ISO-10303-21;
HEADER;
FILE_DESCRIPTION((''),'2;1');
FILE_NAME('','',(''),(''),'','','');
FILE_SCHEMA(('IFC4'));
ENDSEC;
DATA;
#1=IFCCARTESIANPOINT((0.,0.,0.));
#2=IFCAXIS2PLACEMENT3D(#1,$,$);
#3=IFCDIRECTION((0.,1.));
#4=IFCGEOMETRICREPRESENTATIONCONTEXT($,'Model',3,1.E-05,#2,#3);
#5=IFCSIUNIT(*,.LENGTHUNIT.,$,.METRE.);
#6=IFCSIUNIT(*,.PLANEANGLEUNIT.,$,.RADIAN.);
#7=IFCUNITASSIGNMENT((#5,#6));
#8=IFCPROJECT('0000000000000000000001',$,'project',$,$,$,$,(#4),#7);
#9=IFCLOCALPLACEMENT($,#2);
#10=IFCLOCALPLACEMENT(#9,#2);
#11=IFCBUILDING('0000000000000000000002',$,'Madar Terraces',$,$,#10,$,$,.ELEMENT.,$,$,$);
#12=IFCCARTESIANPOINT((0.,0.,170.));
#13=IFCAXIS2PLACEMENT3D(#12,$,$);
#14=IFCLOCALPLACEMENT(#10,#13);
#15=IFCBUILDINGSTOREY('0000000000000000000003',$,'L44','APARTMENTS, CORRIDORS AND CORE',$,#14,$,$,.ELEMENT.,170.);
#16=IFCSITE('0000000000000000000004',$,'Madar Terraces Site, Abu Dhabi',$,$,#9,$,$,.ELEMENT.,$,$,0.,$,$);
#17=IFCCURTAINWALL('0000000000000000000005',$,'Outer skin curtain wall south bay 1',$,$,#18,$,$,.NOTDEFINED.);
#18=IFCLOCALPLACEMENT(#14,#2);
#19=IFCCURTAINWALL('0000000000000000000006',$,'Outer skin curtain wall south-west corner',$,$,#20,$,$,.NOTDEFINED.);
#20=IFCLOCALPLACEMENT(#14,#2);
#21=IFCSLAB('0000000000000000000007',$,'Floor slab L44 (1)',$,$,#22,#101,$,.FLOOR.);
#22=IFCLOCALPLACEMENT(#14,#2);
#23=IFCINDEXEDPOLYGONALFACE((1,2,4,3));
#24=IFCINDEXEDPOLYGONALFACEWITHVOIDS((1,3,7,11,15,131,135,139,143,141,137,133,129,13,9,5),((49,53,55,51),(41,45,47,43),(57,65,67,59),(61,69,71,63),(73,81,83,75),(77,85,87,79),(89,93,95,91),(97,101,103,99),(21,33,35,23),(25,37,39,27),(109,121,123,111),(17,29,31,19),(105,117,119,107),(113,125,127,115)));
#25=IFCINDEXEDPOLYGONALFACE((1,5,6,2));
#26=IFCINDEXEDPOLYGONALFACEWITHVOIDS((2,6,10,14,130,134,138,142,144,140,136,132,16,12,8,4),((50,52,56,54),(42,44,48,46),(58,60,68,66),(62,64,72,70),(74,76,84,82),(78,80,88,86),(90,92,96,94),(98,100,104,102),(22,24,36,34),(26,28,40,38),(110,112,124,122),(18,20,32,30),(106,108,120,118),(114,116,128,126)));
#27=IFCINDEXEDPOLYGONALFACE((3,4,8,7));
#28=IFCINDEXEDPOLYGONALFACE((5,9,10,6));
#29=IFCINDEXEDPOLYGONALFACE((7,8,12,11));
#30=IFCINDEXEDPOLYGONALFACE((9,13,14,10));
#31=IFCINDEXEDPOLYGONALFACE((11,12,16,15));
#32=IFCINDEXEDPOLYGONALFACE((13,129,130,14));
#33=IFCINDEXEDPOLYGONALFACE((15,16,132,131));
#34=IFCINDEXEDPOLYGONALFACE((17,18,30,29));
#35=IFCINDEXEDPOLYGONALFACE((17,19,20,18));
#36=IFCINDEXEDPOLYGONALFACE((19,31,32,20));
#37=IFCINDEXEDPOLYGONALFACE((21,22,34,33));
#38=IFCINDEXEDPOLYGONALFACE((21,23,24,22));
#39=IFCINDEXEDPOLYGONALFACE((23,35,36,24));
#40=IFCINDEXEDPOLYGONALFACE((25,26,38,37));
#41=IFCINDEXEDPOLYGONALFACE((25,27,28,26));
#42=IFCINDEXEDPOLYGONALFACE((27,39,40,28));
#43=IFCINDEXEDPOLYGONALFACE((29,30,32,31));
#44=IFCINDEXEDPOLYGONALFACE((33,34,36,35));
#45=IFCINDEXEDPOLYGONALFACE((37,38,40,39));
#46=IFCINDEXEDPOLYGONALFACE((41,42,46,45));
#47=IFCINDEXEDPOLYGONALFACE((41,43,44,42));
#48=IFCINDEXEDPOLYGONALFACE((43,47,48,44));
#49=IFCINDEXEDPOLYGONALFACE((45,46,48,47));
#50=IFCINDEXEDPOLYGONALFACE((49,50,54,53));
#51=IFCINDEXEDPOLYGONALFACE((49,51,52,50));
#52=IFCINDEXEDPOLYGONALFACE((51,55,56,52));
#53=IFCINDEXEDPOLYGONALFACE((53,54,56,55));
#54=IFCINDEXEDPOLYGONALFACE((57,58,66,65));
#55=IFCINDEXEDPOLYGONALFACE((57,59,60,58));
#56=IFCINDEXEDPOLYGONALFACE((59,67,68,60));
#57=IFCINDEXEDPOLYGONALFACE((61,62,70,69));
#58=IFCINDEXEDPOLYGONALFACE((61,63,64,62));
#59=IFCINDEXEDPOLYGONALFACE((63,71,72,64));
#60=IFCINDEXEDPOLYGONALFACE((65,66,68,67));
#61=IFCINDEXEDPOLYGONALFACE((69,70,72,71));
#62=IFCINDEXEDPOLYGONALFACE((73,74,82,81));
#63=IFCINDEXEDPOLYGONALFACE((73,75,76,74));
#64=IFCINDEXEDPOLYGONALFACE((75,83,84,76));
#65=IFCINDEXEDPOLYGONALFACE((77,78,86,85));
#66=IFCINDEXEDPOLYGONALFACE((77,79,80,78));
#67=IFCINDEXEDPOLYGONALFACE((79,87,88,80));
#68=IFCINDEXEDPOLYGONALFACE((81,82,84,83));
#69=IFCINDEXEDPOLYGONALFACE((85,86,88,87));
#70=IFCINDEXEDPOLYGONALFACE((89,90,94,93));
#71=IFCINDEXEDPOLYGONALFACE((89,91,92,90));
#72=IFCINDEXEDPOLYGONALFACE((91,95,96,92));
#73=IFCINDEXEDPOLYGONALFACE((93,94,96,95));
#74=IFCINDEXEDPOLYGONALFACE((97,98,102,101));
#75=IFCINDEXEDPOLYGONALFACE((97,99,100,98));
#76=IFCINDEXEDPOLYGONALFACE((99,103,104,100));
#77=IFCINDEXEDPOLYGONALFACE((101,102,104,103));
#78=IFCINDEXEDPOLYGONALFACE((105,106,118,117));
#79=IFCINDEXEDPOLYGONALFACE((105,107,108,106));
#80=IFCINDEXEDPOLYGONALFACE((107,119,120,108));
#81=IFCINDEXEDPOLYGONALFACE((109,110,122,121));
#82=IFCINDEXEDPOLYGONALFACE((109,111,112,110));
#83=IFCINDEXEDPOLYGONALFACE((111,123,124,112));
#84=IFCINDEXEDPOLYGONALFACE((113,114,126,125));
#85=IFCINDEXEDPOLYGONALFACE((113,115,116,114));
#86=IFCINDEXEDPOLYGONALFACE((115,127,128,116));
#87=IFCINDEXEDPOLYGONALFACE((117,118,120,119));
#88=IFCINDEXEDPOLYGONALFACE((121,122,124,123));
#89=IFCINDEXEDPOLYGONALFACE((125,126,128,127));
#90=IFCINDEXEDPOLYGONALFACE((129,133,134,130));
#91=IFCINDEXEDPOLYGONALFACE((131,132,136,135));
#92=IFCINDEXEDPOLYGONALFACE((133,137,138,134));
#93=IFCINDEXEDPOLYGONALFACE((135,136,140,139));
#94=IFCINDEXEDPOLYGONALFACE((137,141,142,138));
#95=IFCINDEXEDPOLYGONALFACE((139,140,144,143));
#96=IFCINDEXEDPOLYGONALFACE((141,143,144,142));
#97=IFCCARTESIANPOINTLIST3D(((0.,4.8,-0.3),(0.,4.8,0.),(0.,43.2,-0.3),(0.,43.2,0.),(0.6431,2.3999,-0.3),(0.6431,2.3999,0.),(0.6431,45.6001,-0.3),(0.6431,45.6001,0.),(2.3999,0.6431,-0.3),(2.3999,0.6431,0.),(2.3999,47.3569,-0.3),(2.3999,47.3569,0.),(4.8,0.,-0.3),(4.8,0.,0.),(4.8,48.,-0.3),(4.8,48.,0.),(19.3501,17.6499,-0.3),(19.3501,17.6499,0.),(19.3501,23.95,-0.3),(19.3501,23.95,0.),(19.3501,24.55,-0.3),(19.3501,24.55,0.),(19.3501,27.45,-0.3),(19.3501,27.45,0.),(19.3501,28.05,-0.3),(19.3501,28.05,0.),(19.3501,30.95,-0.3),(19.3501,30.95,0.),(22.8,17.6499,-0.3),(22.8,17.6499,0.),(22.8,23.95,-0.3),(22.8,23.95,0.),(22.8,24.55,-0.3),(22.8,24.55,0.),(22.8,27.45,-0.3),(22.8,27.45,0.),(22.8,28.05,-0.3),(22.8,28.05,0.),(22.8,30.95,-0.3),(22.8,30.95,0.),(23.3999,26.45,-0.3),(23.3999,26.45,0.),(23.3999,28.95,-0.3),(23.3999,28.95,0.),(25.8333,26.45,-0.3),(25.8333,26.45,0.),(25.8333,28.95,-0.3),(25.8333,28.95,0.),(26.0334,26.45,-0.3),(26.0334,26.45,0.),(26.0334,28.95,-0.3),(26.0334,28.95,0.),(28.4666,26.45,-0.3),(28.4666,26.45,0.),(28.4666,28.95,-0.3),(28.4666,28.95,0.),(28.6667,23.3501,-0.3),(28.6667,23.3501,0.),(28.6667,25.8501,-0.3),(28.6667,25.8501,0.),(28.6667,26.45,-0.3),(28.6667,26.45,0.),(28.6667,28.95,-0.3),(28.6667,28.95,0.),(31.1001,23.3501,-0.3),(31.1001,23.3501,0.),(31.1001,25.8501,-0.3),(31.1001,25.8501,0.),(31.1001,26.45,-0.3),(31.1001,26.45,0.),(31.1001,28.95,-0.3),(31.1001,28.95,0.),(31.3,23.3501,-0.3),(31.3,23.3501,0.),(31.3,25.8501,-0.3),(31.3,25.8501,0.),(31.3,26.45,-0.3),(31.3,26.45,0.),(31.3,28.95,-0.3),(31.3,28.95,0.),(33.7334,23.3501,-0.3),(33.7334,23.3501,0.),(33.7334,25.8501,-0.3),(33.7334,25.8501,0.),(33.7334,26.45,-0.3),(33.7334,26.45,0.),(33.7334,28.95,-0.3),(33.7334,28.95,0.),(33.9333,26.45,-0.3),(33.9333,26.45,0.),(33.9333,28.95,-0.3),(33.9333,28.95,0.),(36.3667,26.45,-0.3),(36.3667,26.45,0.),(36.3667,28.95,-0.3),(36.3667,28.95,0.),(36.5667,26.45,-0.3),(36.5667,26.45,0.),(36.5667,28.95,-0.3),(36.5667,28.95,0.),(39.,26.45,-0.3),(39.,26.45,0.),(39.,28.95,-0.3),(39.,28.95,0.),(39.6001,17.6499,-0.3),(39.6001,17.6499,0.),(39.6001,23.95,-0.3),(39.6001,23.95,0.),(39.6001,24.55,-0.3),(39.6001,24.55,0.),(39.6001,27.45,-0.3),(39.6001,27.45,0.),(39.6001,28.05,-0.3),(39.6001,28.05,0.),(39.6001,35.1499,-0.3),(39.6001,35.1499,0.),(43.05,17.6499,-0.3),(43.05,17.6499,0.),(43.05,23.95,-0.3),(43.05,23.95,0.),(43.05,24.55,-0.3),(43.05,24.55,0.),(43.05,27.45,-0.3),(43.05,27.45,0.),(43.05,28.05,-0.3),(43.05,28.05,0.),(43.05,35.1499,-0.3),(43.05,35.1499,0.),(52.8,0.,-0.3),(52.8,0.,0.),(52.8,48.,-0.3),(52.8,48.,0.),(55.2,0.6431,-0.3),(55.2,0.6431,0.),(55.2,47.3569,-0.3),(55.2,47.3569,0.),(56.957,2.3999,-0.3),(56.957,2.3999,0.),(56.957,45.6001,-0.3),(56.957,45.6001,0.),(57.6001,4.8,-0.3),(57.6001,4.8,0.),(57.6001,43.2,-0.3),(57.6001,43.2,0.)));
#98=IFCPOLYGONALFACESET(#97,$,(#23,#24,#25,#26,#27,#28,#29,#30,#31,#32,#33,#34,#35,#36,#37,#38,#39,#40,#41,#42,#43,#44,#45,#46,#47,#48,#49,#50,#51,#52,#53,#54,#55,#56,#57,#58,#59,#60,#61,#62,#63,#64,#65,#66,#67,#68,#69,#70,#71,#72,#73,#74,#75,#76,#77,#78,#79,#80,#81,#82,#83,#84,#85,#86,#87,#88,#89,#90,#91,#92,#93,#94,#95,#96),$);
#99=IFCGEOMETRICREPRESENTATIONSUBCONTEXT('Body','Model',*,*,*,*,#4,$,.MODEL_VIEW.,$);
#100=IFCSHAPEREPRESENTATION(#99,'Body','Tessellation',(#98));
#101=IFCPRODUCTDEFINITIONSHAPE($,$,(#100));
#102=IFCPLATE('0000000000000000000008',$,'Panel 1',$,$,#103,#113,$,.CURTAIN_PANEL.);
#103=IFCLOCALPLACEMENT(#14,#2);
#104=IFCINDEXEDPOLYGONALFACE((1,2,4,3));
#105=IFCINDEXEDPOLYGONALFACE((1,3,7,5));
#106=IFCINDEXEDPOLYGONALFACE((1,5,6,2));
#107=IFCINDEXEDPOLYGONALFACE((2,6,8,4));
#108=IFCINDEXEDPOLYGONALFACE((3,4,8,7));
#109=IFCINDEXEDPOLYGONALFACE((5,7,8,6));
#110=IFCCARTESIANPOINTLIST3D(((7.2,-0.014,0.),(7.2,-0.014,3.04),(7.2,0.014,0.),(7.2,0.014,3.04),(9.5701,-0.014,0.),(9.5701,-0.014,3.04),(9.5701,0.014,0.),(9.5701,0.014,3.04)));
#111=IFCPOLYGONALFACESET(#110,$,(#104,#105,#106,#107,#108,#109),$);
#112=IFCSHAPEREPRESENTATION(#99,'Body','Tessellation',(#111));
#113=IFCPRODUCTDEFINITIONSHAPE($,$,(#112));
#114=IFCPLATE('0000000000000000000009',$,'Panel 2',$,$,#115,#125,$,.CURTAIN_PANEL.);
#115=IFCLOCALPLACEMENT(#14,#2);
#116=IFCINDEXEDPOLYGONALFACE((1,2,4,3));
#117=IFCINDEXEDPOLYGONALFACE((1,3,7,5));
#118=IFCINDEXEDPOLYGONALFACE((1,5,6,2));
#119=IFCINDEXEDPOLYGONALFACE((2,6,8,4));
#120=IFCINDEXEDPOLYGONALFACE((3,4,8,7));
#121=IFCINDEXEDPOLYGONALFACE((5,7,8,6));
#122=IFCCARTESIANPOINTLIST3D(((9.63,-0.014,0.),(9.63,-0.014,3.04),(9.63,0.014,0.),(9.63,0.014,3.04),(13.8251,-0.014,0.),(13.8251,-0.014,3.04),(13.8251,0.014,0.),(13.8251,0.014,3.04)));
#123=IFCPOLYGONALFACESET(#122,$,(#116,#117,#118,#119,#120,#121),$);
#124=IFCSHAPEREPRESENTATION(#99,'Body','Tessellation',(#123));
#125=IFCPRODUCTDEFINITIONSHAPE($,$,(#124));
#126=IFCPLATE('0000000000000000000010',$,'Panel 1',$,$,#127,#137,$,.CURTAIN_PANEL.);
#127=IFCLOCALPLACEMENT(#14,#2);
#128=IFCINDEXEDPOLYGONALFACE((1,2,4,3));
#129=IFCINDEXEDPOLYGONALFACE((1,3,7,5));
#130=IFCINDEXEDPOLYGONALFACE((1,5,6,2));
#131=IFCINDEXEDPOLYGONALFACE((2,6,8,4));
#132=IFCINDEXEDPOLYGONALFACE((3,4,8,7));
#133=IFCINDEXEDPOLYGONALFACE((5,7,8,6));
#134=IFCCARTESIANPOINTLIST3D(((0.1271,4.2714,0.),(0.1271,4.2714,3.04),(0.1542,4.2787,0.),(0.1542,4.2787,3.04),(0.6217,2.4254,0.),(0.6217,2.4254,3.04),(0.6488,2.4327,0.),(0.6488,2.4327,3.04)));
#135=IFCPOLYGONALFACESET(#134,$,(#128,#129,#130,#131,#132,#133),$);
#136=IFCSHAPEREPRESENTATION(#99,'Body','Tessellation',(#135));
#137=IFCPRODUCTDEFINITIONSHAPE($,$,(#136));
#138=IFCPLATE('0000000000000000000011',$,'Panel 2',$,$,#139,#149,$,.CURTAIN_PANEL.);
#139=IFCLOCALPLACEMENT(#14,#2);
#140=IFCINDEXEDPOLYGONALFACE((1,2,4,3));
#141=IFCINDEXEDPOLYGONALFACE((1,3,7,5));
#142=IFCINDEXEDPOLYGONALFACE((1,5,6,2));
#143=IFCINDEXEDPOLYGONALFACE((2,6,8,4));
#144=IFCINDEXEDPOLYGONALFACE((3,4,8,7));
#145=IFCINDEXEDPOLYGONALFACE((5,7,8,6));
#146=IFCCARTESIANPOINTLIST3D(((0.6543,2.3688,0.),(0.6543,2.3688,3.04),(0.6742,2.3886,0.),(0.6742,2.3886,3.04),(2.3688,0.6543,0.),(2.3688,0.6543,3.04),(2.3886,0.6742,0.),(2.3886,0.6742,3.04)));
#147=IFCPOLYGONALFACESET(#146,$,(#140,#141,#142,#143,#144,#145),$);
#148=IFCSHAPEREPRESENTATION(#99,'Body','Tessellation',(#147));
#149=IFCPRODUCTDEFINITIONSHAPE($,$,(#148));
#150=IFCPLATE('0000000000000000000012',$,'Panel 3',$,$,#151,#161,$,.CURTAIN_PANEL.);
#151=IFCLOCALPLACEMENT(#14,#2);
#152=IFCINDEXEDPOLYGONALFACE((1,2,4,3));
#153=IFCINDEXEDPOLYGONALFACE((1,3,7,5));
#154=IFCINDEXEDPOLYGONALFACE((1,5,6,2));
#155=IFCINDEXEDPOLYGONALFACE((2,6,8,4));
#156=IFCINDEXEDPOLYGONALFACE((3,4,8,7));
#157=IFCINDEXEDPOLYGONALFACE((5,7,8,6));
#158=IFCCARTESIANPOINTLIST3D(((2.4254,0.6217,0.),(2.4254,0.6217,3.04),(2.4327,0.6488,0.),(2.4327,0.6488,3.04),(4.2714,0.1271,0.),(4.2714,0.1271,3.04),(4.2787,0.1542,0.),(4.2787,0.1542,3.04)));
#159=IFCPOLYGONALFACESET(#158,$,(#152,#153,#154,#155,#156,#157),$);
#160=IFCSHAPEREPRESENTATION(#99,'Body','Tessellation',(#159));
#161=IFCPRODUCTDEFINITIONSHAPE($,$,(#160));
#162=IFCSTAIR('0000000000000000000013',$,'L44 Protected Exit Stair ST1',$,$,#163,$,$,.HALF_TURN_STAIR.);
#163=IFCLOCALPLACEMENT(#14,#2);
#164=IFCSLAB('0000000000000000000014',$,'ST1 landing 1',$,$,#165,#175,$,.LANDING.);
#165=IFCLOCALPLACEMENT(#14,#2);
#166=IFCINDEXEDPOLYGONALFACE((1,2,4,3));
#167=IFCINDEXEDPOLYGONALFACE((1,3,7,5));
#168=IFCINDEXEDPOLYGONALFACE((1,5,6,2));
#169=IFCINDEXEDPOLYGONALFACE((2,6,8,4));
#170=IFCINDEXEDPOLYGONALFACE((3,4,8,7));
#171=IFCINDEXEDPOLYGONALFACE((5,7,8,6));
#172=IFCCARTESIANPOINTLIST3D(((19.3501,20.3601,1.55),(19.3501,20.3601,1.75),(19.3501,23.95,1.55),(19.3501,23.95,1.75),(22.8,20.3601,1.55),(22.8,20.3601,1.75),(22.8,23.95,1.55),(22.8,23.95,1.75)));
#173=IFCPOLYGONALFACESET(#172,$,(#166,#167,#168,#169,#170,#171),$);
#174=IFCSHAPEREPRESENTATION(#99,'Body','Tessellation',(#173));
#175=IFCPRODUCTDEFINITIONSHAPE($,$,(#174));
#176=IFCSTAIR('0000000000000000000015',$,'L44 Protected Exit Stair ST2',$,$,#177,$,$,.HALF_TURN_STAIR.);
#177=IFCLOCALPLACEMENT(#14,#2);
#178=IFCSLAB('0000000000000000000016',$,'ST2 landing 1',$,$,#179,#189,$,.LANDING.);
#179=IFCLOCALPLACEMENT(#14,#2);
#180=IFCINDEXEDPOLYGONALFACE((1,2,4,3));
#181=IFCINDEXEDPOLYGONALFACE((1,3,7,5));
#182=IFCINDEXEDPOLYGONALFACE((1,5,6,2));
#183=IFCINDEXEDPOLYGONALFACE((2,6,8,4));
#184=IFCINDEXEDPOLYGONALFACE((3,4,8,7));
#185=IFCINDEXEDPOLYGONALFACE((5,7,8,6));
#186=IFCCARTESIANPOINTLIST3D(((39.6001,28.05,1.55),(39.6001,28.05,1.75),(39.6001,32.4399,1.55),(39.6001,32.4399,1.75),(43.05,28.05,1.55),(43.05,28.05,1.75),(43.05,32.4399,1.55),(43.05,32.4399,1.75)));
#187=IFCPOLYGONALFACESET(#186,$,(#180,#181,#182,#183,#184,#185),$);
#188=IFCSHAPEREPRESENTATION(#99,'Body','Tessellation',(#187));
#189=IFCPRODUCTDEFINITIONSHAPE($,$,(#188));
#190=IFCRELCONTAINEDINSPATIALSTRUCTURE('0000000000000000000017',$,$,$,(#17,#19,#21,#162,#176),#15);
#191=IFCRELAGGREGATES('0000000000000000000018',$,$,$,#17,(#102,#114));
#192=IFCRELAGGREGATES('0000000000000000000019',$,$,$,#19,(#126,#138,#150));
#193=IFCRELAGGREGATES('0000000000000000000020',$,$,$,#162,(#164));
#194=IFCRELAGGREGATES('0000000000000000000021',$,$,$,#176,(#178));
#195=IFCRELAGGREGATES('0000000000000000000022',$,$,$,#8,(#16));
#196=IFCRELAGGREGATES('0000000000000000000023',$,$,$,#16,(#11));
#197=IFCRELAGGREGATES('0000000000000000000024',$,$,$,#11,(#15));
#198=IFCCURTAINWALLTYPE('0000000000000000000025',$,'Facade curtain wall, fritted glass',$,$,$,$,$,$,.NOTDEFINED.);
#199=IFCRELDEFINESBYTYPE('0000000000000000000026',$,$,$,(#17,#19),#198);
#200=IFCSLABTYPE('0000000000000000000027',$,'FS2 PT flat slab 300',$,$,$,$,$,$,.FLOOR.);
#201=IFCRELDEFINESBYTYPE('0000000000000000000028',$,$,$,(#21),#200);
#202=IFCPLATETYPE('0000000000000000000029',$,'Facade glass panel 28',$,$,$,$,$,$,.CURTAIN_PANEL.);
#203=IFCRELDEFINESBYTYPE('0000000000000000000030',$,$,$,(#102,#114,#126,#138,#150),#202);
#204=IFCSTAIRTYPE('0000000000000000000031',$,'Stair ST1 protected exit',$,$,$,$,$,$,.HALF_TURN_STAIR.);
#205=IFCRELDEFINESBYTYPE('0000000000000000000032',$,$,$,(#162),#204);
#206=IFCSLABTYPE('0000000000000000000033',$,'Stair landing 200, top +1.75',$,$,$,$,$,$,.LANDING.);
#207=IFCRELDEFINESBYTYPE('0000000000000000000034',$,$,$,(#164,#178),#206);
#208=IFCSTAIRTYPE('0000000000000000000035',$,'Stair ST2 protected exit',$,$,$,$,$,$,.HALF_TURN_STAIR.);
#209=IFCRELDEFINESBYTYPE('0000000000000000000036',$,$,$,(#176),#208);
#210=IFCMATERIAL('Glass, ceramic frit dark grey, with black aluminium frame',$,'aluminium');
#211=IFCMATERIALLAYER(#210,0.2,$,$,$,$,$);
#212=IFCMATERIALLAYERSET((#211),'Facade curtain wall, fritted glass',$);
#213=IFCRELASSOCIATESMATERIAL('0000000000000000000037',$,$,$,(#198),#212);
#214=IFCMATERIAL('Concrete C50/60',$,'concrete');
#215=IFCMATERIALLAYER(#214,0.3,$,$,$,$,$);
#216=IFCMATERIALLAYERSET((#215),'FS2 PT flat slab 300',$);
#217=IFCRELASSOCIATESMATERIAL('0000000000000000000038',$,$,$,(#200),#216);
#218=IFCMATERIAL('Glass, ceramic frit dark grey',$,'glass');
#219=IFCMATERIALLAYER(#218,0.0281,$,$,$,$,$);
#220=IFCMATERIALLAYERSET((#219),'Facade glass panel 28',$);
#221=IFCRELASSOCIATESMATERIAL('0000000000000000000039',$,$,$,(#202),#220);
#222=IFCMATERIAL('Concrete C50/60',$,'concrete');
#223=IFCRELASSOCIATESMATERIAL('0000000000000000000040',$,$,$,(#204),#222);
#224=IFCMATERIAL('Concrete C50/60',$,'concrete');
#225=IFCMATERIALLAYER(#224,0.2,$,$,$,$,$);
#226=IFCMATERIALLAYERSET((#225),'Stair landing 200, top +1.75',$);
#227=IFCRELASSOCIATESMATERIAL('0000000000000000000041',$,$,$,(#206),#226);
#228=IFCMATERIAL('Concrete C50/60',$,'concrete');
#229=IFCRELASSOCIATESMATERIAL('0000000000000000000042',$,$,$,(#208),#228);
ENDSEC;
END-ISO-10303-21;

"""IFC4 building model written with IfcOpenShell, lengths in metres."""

from ifc_helpers import new_model, si_unit, direction, frame, origin, origin_2d, place, context, subcontext, project, spatial, polyline, rectangle, outline, extrude, material, layer, layer_set, type_object, element, aggregate, save


model = new_model("IFC4")

# Units and contexts
model_context = context("Model", 3, precision=1e-05, world=origin(), true_north=direction((0.0, 1.0)))
body_context = subcontext(model_context, "Body", "Model", "MODEL_VIEW")
ifc_project = project(units=[si_unit("LENGTHUNIT", "METRE"), si_unit("PLANEANGLEUNIT", "RADIAN")], contexts=[model_context])

# Site, building, storey
site_placement = place(None, origin())
site = spatial("IfcSite", under=ifc_project, at=site_placement, Name="Madar Terraces Site, Abu Dhabi", CompositionType="ELEMENT", RefElevation=0.0)
building_placement = place(site_placement, origin())
building = spatial("IfcBuilding", under=site, at=building_placement, Name="Madar Terraces", CompositionType="ELEMENT")
storey_placement = place(building_placement, frame((0.0, 0.0, 170.0)))
storey = spatial("IfcBuildingStorey", under=building, at=storey_placement, Name="L44", Description="APARTMENTS, CORRIDORS AND CORE", CompositionType="ELEMENT", Elevation=170.0)

# Curtain wall
ifc_material_1 = material(Name="Glass, ceramic frit dark grey, with black aluminium frame", Category="aluminium")
ifc_layer_1 = layer(ifc_material_1, 0.2)
ifc_layer_set_1 = layer_set([ifc_layer_1], Name="Facade curtain wall, fritted glass")
curtain_wall_type = type_object("IfcCurtainWallType", Name="Facade curtain wall, fritted glass", PredefinedType="NOTDEFINED", material=ifc_layer_set_1)
curtain_wall_1_placement = place(storey_placement, origin())
curtain_wall_1 = element("IfcCurtainWall", 1, at=curtain_wall_1_placement, inside=storey, type_object=curtain_wall_type, Name="Outer skin curtain wall south bay 1", PredefinedType="NOTDEFINED")

# Curtain wall
curtain_wall_2_placement = place(storey_placement, origin())
curtain_wall_2 = element("IfcCurtainWall", 2, at=curtain_wall_2_placement, inside=storey, type_object=curtain_wall_type, Name="Outer skin curtain wall south-west corner", PredefinedType="NOTDEFINED")

# Slab
ifc_material_2 = material(Name="Concrete C50/60", Category="concrete")
ifc_layer_2 = layer(ifc_material_2, 0.3)
ifc_layer_set_2 = layer_set([ifc_layer_2], Name="FS2 PT flat slab 300")
slab_type_1 = type_object("IfcSlabType", Name="FS2 PT flat slab 300", PredefinedType="FLOOR", material=ifc_layer_set_2)
slab_1_placement = place(storey_placement, frame((0.0, 0.0, -0.3)))
element("IfcSlab", 3, at=slab_1_placement, inside=storey, type_object=slab_type_1, Name="Floor slab L44 (1)", PredefinedType="FLOOR", context=body_context, shape_type="SweptSolid", body=[
    extrude(outline(polyline([(52.8, 0.0), (55.2, 0.6431), (56.957, 2.3999), (57.6001, 4.8), (57.6001, 43.2), (56.957, 45.6001), (55.2, 47.3569), (52.8, 48.0), (4.8, 48.0), (2.3999, 47.3569), (0.6431, 45.6001), (0.0, 43.2), (0.0, 4.8), (0.6431, 2.3999), (2.3999, 0.6431), (4.8, 0.0), (52.8, 0.0)]), holes=[polyline([(22.8, 17.6499), (19.3501, 17.6499), (19.3501, 23.95), (22.8, 23.95), (22.8, 17.6499)]), polyline([(28.6667, 23.3501), (28.6667, 25.8501), (31.1001, 25.8501), (31.1001, 23.3501), (28.6667, 23.3501)]), polyline([(19.3501, 24.55), (19.3501, 27.45), (22.8, 27.45), (22.8, 24.55), (19.3501, 24.55)]), polyline([(23.3999, 26.45), (23.3999, 28.95), (25.8333, 28.95), (25.8333, 26.45), (23.3999, 26.45)]), polyline([(26.0334, 26.45), (26.0334, 28.95), (28.4666, 28.95), (28.4666, 26.45), (26.0334, 26.45)]), polyline([(28.6667, 26.45), (28.6667, 28.95), (31.1001, 28.95), (31.1001, 26.45), (28.6667, 26.45)]), polyline([(19.3501, 28.05), (19.3501, 30.95), (22.8, 30.95), (22.8, 28.05), (19.3501, 28.05)]), polyline([(43.05, 17.6499), (39.6001, 17.6499), (39.6001, 23.95), (43.05, 23.95), (43.05, 17.6499)]), polyline([(31.3, 23.3501), (31.3, 25.8501), (33.7334, 25.8501), (33.7334, 23.3501), (31.3, 23.3501)]), polyline([(39.6001, 24.55), (39.6001, 27.45), (43.05, 27.45), (43.05, 24.55), (39.6001, 24.55)]), polyline([(31.3, 26.45), (31.3, 28.95), (33.7334, 28.95), (33.7334, 26.45), (31.3, 26.45)]), polyline([(33.9333, 26.45), (33.9333, 28.95), (36.3667, 28.95), (36.3667, 26.45), (33.9333, 26.45)]), polyline([(36.5667, 26.45), (36.5667, 28.95), (39.0, 28.95), (39.0, 26.45), (36.5667, 26.45)]), polyline([(39.6001, 28.05), (39.6001, 35.1499), (43.05, 35.1499), (43.05, 28.05), (39.6001, 28.05)])]), origin(), (0.0, 0.0, 1.0), 0.3),
])

# Plates
ifc_material_3 = material(Name="Glass, ceramic frit dark grey", Category="glass")
ifc_layer_3 = layer(ifc_material_3, 0.0281)
ifc_layer_set_3 = layer_set([ifc_layer_3], Name="Facade glass panel 28")
plate_type = type_object("IfcPlateType", Name="Facade glass panel 28", PredefinedType="CURTAIN_PANEL", material=ifc_layer_set_3)
plate_1_placement = place(storey_placement, frame((8.385, 0.0, 0.0), z_axis=(0.0, 0.0, 1.0), x_axis=(1.0, 0.0, 0.0)))
plate_1 = element("IfcPlate", 4, at=plate_1_placement, type_object=plate_type, Name="Panel 1", PredefinedType="CURTAIN_PANEL", context=body_context, shape_type="SweptSolid", body=[
    extrude(rectangle(XDim=2.3701, YDim=0.0281, at=origin_2d()), origin(), (0.0, 0.0, 1.0), 3.04),
])
plate_2_placement = place(storey_placement, frame((11.7275, 0.0, 0.0), z_axis=(0.0, 0.0, 1.0), x_axis=(1.0, 0.0, 0.0)))
plate_2 = element("IfcPlate", 5, at=plate_2_placement, type_object=plate_type, Name="Panel 2", PredefinedType="CURTAIN_PANEL", context=body_context, shape_type="SweptSolid", body=[
    extrude(rectangle(XDim=4.1951, YDim=0.0281, at=origin_2d()), origin(), (0.0, 0.0, 1.0), 3.04),
])
aggregate(curtain_wall_1, [plate_1, plate_2])
plate_3_placement = place(storey_placement, frame((0.3879, 3.3521, 0.0), z_axis=(0.0, 0.0, 1.0), x_axis=(0.258819, -0.965926, 0.0)))
plate_3 = element("IfcPlate", 6, at=plate_3_placement, type_object=plate_type, Name="Panel 1", PredefinedType="CURTAIN_PANEL", context=body_context, shape_type="SweptSolid", body=[
    extrude(rectangle(XDim=1.9111, YDim=0.0281, at=origin_2d()), origin(), (0.0, 0.0, 1.0), 3.04),
])
plate_4_placement = place(storey_placement, frame((1.5215, 1.5215, 0.0), z_axis=(0.0, 0.0, 1.0), x_axis=(0.707107, -0.707107, 0.0)))
plate_4 = element("IfcPlate", 7, at=plate_4_placement, type_object=plate_type, Name="Panel 2", PredefinedType="CURTAIN_PANEL", context=body_context, shape_type="SweptSolid", body=[
    extrude(rectangle(XDim=2.4246, YDim=0.0281, at=origin_2d()), origin(), (0.0, 0.0, 1.0), 3.04),
])
plate_5_placement = place(storey_placement, frame((3.3521, 0.3879, 0.0), z_axis=(0.0, 0.0, 1.0), x_axis=(0.965926, -0.258819, 0.0)))
plate_5 = element("IfcPlate", 8, at=plate_5_placement, type_object=plate_type, Name="Panel 3", PredefinedType="CURTAIN_PANEL", context=body_context, shape_type="SweptSolid", body=[
    extrude(rectangle(XDim=1.9111, YDim=0.0281, at=origin_2d()), origin(), (0.0, 0.0, 1.0), 3.04),
])
aggregate(curtain_wall_2, [plate_3, plate_4, plate_5])

# Stairs, slabs
ifc_material_4 = material(Name="Concrete C50/60", Category="concrete")
stair_type_1 = type_object("IfcStairType", Name="Stair ST1 protected exit", PredefinedType="HALF_TURN_STAIR", material=ifc_material_4)
stair_1_placement = place(storey_placement, origin())
stair_1 = element("IfcStair", 9, at=stair_1_placement, inside=storey, type_object=stair_type_1, Name="L44 Protected Exit Stair ST1", PredefinedType="HALF_TURN_STAIR")
ifc_material_5 = material(Name="Concrete C50/60", Category="concrete")
ifc_layer_4 = layer(ifc_material_5, 0.2)
ifc_layer_set_4 = layer_set([ifc_layer_4], Name="Stair landing 200, top +1.75")
slab_type_2 = type_object("IfcSlabType", Name="Stair landing 200, top +1.75", PredefinedType="LANDING", material=ifc_layer_set_4)
slab_2_placement = place(storey_placement, frame((0.0, 0.0, 1.55)))
slab_2 = element("IfcSlab", 10, at=slab_2_placement, type_object=slab_type_2, Name="ST1 landing 1", PredefinedType="LANDING", context=body_context, shape_type="SweptSolid", body=[
    extrude(outline(polyline([(19.3501, 20.3601), (22.8, 20.3601), (22.8, 23.95), (19.3501, 23.95), (19.3501, 20.3601)])), origin(), (0.0, 0.0, 1.0), 0.2),
])
aggregate(stair_1, [slab_2])
ifc_material_6 = material(Name="Concrete C50/60", Category="concrete")
stair_type_2 = type_object("IfcStairType", Name="Stair ST2 protected exit", PredefinedType="HALF_TURN_STAIR", material=ifc_material_6)
stair_2_placement = place(storey_placement, origin())
stair_2 = element("IfcStair", 11, at=stair_2_placement, inside=storey, type_object=stair_type_2, Name="L44 Protected Exit Stair ST2", PredefinedType="HALF_TURN_STAIR")
slab_3_placement = place(storey_placement, frame((0.0, 0.0, 1.55)))
slab_3 = element("IfcSlab", 12, at=slab_3_placement, type_object=slab_type_2, Name="ST2 landing 1", PredefinedType="LANDING", context=body_context, shape_type="SweptSolid", body=[
    extrude(outline(polyline([(39.6001, 28.05), (43.05, 28.05), (43.05, 32.4399), (39.6001, 32.4399), (39.6001, 28.05)])), origin(), (0.0, 0.0, 1.0), 0.2),
])
aggregate(stair_2, [slab_3])

save(model, "model.ifc")
